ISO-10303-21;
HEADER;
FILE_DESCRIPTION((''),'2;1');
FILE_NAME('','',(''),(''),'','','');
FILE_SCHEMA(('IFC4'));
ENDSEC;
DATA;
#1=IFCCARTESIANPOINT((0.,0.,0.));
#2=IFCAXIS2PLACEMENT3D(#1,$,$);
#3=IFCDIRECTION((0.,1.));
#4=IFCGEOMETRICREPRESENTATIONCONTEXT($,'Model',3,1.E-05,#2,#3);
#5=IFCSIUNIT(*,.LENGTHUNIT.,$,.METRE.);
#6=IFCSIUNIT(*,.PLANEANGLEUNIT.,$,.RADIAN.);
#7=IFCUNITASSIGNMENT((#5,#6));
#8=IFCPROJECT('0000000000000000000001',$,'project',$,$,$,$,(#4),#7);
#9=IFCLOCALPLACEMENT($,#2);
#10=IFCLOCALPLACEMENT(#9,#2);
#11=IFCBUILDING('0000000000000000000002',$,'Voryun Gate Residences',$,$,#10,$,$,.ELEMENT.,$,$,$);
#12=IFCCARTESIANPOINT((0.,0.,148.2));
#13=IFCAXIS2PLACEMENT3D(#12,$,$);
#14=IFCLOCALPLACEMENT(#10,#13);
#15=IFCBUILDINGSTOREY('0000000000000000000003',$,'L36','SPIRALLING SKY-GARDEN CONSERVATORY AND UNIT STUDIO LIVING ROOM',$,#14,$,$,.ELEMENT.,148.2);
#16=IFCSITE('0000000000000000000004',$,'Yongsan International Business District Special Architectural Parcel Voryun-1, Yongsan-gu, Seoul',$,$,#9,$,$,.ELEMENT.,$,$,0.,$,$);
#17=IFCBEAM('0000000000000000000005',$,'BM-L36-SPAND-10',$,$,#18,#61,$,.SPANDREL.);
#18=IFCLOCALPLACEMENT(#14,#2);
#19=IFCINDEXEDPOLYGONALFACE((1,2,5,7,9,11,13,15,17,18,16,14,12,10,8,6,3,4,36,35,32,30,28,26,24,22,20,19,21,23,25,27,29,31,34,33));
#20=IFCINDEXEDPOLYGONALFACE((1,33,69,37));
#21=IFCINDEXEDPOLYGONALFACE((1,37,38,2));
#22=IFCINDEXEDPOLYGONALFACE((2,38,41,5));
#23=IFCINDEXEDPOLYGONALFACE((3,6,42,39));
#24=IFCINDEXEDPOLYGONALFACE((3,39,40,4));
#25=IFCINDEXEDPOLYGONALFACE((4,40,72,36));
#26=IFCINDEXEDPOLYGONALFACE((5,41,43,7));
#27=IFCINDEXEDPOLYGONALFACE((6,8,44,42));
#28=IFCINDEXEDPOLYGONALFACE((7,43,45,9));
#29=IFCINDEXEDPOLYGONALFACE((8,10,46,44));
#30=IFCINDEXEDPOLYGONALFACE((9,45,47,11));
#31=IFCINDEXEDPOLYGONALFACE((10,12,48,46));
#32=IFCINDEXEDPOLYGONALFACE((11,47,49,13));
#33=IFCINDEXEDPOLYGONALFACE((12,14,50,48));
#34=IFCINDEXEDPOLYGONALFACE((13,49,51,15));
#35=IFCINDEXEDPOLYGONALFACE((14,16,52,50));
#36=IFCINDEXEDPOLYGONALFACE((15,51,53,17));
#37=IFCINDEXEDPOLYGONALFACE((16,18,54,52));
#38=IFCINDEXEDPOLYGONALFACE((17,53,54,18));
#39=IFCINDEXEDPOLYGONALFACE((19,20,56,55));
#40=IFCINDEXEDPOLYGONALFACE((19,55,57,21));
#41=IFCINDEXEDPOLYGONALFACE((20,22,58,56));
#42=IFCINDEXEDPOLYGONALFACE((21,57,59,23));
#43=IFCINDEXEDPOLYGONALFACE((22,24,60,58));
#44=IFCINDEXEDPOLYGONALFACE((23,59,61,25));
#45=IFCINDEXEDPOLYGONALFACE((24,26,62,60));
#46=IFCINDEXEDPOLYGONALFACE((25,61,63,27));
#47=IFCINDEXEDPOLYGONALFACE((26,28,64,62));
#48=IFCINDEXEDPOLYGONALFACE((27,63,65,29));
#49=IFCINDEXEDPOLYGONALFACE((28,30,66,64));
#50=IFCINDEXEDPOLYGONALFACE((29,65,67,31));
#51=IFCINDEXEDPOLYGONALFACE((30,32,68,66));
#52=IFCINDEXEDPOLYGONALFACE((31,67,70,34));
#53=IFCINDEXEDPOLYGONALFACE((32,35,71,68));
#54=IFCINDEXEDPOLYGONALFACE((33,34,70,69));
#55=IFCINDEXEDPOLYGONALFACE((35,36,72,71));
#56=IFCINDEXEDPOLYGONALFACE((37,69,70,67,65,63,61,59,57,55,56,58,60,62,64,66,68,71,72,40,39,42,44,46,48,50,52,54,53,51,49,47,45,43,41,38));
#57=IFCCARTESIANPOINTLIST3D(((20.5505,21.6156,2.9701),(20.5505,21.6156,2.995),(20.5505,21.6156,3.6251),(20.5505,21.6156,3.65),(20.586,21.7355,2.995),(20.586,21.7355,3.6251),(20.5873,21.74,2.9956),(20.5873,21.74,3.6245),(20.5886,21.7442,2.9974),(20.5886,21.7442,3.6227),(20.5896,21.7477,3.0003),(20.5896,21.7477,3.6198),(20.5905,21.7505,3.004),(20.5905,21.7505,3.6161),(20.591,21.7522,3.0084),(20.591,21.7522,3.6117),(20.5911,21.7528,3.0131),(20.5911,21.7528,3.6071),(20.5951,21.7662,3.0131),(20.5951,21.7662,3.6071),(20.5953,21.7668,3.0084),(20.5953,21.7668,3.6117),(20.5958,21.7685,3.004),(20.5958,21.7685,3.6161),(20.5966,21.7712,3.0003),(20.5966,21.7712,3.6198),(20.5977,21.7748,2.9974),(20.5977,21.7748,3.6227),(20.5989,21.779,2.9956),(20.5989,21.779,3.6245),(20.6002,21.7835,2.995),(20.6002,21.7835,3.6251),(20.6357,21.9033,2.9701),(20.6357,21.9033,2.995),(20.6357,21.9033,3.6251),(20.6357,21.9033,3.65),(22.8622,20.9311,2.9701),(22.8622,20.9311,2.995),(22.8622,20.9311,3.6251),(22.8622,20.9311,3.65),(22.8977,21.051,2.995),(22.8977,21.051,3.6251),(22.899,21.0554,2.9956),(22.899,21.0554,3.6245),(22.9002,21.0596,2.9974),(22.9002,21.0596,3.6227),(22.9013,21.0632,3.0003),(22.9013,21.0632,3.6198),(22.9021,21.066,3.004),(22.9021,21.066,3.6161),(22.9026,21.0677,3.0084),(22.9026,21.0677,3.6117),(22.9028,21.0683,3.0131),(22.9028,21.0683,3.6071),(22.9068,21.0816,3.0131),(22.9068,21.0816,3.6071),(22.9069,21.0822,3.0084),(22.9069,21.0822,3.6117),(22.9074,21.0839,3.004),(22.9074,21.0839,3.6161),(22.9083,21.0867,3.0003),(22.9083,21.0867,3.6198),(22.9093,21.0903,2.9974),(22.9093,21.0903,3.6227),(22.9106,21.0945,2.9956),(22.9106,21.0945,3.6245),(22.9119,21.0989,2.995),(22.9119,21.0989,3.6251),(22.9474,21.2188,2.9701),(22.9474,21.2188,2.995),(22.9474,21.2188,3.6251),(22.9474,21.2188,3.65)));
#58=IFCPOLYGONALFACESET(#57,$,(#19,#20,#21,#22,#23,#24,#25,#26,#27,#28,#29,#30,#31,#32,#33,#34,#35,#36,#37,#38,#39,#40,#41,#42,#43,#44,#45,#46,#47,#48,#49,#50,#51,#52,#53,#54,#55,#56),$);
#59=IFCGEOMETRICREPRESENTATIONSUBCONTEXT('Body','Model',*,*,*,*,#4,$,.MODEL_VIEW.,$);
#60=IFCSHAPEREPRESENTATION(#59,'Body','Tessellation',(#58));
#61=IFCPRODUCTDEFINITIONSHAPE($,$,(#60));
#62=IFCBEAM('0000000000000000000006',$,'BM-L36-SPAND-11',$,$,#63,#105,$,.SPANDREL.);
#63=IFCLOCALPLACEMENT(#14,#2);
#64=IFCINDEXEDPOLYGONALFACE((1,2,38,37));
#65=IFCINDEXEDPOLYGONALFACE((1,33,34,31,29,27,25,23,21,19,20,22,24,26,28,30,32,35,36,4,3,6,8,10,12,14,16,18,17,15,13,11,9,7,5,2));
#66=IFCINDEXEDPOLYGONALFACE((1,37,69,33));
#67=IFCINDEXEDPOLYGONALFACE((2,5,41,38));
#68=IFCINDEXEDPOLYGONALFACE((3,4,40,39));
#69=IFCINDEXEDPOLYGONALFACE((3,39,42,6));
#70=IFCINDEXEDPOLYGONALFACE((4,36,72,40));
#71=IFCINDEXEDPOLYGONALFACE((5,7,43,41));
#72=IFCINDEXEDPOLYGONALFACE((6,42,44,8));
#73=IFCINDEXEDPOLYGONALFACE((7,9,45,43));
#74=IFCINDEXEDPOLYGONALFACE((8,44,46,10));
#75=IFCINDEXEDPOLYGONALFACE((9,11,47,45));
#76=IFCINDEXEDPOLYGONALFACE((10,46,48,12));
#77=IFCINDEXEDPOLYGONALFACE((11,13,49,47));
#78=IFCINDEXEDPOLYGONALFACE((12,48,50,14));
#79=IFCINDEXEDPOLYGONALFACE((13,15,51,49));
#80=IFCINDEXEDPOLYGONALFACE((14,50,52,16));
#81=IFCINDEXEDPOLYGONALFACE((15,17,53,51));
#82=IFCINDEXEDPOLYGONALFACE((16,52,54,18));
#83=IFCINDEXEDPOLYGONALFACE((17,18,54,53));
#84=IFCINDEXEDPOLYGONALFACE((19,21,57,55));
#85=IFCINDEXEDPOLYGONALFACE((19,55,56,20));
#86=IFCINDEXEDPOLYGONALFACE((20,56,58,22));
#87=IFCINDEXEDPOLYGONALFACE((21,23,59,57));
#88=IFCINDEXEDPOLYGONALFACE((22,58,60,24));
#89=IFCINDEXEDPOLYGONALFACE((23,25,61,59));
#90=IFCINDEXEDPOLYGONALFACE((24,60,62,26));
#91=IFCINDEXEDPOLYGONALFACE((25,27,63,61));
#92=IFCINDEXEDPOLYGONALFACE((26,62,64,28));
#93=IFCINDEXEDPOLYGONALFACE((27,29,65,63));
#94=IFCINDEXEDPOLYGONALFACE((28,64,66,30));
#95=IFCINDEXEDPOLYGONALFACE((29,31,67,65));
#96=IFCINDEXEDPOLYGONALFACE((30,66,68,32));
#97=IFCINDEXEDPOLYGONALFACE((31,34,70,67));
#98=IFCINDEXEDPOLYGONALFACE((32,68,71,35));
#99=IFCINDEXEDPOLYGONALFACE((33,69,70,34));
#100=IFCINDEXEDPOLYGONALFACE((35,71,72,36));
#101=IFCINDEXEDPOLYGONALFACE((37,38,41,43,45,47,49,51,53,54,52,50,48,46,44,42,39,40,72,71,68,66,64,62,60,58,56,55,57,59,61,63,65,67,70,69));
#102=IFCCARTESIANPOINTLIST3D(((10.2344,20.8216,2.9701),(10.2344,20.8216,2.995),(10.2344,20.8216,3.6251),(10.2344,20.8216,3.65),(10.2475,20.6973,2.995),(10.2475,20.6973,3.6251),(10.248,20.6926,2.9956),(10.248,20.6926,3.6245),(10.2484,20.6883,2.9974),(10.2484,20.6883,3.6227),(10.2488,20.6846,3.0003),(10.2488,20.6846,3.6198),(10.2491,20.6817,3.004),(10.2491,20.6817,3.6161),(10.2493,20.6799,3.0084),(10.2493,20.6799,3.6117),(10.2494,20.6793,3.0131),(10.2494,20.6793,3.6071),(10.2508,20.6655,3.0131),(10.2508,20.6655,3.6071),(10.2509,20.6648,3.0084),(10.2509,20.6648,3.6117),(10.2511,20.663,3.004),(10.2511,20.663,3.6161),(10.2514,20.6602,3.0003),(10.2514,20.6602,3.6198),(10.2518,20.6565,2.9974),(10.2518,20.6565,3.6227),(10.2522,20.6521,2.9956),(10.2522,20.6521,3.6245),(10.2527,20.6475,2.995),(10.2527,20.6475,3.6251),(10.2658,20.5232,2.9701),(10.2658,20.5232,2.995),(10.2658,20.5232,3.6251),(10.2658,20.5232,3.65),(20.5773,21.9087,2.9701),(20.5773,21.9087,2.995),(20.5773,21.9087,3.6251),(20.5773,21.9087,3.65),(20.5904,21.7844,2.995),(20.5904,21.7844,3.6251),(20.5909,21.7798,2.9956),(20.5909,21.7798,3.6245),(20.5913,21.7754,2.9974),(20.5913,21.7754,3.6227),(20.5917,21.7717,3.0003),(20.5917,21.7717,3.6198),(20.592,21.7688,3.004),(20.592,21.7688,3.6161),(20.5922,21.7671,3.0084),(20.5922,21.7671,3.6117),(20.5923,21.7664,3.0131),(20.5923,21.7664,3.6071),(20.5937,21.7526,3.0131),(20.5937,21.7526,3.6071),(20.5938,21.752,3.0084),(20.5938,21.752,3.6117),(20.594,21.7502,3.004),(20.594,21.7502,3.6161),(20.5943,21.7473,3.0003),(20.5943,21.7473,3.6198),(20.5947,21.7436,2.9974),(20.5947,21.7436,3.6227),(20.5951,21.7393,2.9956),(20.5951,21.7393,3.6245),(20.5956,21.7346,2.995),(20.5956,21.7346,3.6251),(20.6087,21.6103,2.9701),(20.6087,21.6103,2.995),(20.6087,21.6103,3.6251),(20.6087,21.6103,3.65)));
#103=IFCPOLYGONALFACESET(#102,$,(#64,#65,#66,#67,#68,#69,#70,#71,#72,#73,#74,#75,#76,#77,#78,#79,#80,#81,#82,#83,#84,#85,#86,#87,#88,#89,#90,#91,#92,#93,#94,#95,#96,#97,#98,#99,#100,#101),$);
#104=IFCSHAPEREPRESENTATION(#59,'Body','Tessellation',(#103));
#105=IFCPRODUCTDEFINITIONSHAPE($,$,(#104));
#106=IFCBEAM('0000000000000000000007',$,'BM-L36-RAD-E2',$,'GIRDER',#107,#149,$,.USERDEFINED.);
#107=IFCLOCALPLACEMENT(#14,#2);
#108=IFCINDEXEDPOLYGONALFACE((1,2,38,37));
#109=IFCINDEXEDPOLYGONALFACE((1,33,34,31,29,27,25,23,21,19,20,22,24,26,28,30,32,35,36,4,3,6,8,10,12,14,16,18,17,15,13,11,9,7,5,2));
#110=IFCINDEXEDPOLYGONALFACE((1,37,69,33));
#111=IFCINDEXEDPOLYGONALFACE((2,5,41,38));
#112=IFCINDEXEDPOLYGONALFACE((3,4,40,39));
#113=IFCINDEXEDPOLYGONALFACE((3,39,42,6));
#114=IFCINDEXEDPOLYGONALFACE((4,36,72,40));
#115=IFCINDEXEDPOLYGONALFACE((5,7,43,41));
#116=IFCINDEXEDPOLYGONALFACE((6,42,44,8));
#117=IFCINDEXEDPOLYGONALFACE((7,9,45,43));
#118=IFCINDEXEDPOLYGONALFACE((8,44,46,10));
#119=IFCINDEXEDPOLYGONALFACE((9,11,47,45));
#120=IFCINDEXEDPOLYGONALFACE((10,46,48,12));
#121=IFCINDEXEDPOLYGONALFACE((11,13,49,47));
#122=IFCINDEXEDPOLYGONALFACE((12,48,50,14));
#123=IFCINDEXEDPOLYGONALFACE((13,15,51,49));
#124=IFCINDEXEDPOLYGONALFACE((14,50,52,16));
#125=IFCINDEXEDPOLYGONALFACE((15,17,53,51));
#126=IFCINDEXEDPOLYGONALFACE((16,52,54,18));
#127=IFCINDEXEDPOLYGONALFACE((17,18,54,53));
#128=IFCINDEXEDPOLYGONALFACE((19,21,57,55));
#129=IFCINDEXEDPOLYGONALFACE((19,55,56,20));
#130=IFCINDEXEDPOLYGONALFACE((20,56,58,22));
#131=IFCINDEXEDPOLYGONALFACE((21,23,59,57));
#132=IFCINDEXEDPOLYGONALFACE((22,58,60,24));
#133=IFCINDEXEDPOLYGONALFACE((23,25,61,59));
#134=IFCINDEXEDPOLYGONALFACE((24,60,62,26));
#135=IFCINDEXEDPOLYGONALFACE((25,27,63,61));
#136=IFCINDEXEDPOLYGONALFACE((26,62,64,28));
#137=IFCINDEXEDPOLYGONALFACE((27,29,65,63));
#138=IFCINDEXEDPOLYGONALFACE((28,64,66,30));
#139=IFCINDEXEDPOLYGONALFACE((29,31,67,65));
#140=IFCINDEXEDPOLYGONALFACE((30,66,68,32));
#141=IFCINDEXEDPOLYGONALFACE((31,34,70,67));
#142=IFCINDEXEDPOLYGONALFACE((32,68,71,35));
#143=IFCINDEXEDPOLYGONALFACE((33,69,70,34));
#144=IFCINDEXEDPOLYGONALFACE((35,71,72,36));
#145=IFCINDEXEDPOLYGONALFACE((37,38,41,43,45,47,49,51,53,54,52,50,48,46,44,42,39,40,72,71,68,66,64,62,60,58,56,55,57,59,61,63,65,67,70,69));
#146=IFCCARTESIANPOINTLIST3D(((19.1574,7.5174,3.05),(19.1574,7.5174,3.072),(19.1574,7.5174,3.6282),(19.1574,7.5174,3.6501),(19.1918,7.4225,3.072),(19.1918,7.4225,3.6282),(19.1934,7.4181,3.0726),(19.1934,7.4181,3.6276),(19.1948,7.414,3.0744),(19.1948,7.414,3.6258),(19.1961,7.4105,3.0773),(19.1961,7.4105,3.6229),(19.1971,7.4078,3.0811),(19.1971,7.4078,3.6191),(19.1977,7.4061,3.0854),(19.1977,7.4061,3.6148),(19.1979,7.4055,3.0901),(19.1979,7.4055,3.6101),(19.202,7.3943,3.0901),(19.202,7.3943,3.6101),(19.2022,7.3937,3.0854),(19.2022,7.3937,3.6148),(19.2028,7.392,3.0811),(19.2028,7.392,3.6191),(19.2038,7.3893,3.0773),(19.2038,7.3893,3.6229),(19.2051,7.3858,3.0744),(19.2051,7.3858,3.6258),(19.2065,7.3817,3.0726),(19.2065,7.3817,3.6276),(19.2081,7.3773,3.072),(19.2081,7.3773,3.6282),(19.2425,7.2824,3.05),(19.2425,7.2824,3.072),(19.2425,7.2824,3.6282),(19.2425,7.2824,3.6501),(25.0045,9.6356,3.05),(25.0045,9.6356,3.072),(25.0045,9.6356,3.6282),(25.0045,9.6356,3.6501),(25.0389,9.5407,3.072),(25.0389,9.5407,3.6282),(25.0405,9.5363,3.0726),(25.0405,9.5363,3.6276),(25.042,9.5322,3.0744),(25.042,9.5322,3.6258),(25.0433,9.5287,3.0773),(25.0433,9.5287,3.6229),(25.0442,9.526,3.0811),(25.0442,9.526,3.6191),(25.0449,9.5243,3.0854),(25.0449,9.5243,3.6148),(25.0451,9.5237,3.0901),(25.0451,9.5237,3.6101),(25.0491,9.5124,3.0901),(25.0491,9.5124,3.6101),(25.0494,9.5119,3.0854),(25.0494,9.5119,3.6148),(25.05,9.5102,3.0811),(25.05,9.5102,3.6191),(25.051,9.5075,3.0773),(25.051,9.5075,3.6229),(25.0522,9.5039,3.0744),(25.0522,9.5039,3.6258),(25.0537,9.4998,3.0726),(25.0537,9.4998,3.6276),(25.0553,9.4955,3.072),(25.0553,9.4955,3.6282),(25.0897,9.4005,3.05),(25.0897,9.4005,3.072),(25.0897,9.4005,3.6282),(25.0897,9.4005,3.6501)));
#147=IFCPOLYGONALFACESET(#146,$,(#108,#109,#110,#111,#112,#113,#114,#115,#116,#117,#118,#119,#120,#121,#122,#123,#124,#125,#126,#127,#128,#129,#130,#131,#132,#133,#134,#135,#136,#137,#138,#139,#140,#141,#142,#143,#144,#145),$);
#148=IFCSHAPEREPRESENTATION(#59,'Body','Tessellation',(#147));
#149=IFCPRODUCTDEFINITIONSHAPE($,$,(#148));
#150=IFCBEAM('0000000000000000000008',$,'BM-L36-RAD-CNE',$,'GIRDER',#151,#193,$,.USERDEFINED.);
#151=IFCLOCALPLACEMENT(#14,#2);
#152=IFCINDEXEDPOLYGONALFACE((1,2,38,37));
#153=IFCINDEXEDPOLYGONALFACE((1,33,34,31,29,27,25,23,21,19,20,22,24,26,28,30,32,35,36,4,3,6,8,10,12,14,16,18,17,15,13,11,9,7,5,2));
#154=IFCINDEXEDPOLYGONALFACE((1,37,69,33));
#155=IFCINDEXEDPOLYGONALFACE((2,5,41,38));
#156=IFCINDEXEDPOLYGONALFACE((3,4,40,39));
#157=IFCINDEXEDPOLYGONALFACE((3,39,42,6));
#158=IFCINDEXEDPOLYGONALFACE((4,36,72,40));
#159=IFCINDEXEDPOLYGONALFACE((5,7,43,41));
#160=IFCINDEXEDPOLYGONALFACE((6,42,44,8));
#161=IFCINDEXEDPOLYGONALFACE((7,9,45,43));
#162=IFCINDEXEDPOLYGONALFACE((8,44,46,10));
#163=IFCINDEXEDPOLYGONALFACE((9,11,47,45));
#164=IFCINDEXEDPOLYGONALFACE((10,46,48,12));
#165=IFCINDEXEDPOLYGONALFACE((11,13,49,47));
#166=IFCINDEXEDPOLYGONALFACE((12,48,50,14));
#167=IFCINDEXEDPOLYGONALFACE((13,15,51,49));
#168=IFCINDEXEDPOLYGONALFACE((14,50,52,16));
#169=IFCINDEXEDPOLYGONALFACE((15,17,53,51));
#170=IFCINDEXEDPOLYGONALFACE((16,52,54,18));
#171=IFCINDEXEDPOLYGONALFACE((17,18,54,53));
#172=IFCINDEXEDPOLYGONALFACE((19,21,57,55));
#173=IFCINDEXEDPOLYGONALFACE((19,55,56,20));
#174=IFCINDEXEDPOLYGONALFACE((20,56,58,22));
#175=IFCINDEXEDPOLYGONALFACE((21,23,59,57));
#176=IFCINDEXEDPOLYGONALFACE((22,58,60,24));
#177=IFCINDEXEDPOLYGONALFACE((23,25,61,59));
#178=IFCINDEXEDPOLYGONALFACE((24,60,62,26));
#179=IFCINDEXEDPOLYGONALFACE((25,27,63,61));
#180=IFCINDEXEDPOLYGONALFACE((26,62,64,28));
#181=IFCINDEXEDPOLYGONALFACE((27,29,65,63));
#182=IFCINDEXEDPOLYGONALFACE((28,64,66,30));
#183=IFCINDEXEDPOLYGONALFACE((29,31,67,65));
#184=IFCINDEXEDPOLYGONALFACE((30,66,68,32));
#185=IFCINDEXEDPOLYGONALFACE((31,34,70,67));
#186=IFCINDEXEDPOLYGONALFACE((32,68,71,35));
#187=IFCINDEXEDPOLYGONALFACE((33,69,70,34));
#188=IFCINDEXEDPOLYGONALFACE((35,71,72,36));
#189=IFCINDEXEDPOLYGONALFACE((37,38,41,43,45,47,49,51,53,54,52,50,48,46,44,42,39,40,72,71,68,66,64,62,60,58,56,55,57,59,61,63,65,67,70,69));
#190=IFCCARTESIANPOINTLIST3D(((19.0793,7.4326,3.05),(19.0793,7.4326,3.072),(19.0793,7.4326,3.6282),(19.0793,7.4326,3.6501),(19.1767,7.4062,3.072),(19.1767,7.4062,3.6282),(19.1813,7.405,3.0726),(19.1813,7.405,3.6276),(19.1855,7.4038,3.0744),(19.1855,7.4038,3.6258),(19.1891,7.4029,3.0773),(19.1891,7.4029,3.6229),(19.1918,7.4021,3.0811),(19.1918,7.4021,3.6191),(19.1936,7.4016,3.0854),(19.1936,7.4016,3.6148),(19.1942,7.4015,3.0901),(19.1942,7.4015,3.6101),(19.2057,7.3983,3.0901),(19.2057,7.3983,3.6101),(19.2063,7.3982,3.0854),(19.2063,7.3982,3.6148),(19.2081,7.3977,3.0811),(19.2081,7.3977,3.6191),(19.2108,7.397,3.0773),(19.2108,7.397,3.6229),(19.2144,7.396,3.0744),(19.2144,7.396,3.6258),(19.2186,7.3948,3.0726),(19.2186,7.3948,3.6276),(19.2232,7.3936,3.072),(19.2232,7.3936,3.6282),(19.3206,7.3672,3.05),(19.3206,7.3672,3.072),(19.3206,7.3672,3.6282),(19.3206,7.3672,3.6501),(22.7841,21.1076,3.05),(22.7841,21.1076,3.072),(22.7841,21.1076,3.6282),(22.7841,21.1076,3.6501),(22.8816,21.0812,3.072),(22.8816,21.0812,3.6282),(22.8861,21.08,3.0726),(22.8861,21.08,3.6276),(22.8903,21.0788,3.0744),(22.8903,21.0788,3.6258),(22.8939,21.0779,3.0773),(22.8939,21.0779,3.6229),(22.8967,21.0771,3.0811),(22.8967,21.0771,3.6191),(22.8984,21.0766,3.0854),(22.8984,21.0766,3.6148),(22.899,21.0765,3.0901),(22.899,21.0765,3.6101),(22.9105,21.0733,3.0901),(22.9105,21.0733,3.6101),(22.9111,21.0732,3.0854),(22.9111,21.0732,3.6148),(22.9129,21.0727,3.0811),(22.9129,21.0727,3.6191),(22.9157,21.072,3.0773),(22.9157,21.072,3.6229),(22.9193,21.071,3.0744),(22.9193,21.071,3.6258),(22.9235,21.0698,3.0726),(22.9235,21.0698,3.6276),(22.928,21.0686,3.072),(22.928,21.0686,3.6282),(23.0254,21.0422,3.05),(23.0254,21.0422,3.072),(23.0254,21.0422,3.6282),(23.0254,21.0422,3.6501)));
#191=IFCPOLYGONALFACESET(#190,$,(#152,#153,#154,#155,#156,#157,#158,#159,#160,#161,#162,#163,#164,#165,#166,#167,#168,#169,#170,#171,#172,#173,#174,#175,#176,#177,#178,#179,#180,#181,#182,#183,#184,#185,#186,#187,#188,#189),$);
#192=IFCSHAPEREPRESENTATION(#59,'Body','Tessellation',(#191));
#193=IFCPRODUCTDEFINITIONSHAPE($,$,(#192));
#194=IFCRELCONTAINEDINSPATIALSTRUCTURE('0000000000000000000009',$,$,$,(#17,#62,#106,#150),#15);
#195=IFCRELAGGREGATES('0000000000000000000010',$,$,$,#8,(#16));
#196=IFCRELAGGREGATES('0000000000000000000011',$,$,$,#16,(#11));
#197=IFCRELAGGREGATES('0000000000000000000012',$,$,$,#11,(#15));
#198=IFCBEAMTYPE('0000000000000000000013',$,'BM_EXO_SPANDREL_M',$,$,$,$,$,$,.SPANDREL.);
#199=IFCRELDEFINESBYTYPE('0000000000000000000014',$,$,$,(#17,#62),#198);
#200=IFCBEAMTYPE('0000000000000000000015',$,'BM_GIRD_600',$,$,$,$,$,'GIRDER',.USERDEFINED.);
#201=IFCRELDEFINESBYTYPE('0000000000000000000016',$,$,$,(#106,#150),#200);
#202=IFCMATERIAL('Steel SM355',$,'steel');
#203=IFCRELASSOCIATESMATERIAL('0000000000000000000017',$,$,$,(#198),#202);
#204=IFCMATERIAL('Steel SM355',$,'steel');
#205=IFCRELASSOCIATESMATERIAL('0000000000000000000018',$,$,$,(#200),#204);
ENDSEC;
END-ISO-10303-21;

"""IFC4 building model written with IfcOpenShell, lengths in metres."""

from ifc_helpers import new_model, si_unit, direction, frame, origin, origin_2d, place, context, subcontext, project, spatial, i_section, extrude, material, material_profile, profile_set, type_object, element, save


model = new_model("IFC4")

# Units and contexts
model_context = context("Model", 3, precision=1e-05, world=origin(), true_north=direction((0.0, 1.0)))
body_context = subcontext(model_context, "Body", "Model", "MODEL_VIEW")
ifc_project = project(units=[si_unit("LENGTHUNIT", "METRE"), si_unit("PLANEANGLEUNIT", "RADIAN")], contexts=[model_context])

# Site, building, storey
site_placement = place(None, origin())
site = spatial("IfcSite", under=ifc_project, at=site_placement, Name="Yongsan International Business District Special Architectural Parcel Voryun-1, Yongsan-gu, Seoul", CompositionType="ELEMENT", RefElevation=0.0)
building_placement = place(site_placement, origin())
building = spatial("IfcBuilding", under=site, at=building_placement, Name="Voryun Gate Residences", CompositionType="ELEMENT")
storey_placement = place(building_placement, frame((0.0, 0.0, 148.2)))
storey = spatial("IfcBuildingStorey", under=building, at=storey_placement, Name="L36", Description="SPIRALLING SKY-GARDEN CONSERVATORY AND UNIT STUDIO LIVING ROOM", CompositionType="ELEMENT", Elevation=148.2)

# Beams
ifc_material_1 = material(Name="Steel SM355", Category="steel")
ifc_material_profile_1 = material_profile(ifc_material_1, i_section(OverallWidth=0.3, OverallDepth=0.6799, WebThickness=0.0139, FlangeThickness=0.0249, FilletRadius=0.0181, at=origin_2d()), Name="H-680x300x14x25")
ifc_profile_set_1 = profile_set([ifc_material_profile_1], Name="Steel SM355")
beam_type_1 = type_object("IfcBeamType", Name="BM_EXO_SPANDREL_M", PredefinedType="SPANDREL", material=ifc_profile_set_1)
beam_1_placement = place(storey_placement, frame((22.9048, 21.075, 3.3101), z_axis=(-0.958843, 0.283937, 0.0), x_axis=(-0.283937, -0.958843, 0.0)))
element("IfcBeam", 1, at=beam_1_placement, inside=storey, type_object=beam_type_1, Name="BM-L36-SPAND-10", PredefinedType="SPANDREL", context=body_context, shape_type="SweptSolid", body=[
    extrude(i_section(OverallWidth=0.3, OverallDepth=0.6799, WebThickness=0.0139, FlangeThickness=0.0249, FilletRadius=0.0181, at=origin_2d()), origin(), (0.0, 0.0, 1.0), 2.4109),
])
beam_2_placement = place(storey_placement, frame((20.593, 21.7595, 3.3101), z_axis=(-0.994521, -0.104534, 0.0), x_axis=(0.104534, -0.994521, 0.0)))
element("IfcBeam", 2, at=beam_2_placement, inside=storey, type_object=beam_type_1, Name="BM-L36-SPAND-11", PredefinedType="SPANDREL", context=body_context, shape_type="SweptSolid", body=[
    extrude(i_section(OverallWidth=0.3, OverallDepth=0.6799, WebThickness=0.0139, FlangeThickness=0.0249, FilletRadius=0.0181, at=origin_2d()), origin(), (0.0, 0.0, 1.0), 10.3999),
])
ifc_material_2 = material(Name="Steel SM355", Category="steel")
ifc_material_profile_2 = material_profile(ifc_material_2, i_section(OverallWidth=0.25, OverallDepth=0.6001, WebThickness=0.012, FlangeThickness=0.022, FilletRadius=0.0181, at=origin_2d()), Name="H-600x250x12x22")
ifc_profile_set_2 = profile_set([ifc_material_profile_2], Name="Steel SM355")
beam_type_2 = type_object("IfcBeamType", Name="BM_GIRD_600", ElementType="GIRDER", PredefinedType="USERDEFINED", material=ifc_profile_set_2)
beam_3_placement = place(storey_placement, frame((19.2, 7.3999, 3.3501), z_axis=(0.94021, 0.340595, 0.0), x_axis=(-0.340595, 0.94021, 0.0)))
element("IfcBeam", 3, at=beam_3_placement, inside=storey, type_object=beam_type_2, Name="BM-L36-RAD-E2", ObjectType="GIRDER", PredefinedType="USERDEFINED", context=body_context, shape_type="SweptSolid", body=[
    extrude(i_section(OverallWidth=0.25, OverallDepth=0.6001, WebThickness=0.012, FlangeThickness=0.022, FilletRadius=0.0181, at=origin_2d()), origin(), (0.0, 0.0, 1.0), 6.219),
])
beam_4_placement = place(storey_placement, frame((19.2, 7.3999, 3.3501), z_axis=(0.261493, 0.965205, 0.0), x_axis=(-0.965205, 0.261493, 0.0)))
element("IfcBeam", 4, at=beam_4_placement, inside=storey, type_object=beam_type_2, Name="BM-L36-RAD-CNE", ObjectType="GIRDER", PredefinedType="USERDEFINED", context=body_context, shape_type="SweptSolid", body=[
    extrude(i_section(OverallWidth=0.25, OverallDepth=0.6001, WebThickness=0.012, FlangeThickness=0.022, FilletRadius=0.0181, at=origin_2d()), origin(), (0.0, 0.0, 1.0), 14.168),
])

save(model, "model.ifc")
